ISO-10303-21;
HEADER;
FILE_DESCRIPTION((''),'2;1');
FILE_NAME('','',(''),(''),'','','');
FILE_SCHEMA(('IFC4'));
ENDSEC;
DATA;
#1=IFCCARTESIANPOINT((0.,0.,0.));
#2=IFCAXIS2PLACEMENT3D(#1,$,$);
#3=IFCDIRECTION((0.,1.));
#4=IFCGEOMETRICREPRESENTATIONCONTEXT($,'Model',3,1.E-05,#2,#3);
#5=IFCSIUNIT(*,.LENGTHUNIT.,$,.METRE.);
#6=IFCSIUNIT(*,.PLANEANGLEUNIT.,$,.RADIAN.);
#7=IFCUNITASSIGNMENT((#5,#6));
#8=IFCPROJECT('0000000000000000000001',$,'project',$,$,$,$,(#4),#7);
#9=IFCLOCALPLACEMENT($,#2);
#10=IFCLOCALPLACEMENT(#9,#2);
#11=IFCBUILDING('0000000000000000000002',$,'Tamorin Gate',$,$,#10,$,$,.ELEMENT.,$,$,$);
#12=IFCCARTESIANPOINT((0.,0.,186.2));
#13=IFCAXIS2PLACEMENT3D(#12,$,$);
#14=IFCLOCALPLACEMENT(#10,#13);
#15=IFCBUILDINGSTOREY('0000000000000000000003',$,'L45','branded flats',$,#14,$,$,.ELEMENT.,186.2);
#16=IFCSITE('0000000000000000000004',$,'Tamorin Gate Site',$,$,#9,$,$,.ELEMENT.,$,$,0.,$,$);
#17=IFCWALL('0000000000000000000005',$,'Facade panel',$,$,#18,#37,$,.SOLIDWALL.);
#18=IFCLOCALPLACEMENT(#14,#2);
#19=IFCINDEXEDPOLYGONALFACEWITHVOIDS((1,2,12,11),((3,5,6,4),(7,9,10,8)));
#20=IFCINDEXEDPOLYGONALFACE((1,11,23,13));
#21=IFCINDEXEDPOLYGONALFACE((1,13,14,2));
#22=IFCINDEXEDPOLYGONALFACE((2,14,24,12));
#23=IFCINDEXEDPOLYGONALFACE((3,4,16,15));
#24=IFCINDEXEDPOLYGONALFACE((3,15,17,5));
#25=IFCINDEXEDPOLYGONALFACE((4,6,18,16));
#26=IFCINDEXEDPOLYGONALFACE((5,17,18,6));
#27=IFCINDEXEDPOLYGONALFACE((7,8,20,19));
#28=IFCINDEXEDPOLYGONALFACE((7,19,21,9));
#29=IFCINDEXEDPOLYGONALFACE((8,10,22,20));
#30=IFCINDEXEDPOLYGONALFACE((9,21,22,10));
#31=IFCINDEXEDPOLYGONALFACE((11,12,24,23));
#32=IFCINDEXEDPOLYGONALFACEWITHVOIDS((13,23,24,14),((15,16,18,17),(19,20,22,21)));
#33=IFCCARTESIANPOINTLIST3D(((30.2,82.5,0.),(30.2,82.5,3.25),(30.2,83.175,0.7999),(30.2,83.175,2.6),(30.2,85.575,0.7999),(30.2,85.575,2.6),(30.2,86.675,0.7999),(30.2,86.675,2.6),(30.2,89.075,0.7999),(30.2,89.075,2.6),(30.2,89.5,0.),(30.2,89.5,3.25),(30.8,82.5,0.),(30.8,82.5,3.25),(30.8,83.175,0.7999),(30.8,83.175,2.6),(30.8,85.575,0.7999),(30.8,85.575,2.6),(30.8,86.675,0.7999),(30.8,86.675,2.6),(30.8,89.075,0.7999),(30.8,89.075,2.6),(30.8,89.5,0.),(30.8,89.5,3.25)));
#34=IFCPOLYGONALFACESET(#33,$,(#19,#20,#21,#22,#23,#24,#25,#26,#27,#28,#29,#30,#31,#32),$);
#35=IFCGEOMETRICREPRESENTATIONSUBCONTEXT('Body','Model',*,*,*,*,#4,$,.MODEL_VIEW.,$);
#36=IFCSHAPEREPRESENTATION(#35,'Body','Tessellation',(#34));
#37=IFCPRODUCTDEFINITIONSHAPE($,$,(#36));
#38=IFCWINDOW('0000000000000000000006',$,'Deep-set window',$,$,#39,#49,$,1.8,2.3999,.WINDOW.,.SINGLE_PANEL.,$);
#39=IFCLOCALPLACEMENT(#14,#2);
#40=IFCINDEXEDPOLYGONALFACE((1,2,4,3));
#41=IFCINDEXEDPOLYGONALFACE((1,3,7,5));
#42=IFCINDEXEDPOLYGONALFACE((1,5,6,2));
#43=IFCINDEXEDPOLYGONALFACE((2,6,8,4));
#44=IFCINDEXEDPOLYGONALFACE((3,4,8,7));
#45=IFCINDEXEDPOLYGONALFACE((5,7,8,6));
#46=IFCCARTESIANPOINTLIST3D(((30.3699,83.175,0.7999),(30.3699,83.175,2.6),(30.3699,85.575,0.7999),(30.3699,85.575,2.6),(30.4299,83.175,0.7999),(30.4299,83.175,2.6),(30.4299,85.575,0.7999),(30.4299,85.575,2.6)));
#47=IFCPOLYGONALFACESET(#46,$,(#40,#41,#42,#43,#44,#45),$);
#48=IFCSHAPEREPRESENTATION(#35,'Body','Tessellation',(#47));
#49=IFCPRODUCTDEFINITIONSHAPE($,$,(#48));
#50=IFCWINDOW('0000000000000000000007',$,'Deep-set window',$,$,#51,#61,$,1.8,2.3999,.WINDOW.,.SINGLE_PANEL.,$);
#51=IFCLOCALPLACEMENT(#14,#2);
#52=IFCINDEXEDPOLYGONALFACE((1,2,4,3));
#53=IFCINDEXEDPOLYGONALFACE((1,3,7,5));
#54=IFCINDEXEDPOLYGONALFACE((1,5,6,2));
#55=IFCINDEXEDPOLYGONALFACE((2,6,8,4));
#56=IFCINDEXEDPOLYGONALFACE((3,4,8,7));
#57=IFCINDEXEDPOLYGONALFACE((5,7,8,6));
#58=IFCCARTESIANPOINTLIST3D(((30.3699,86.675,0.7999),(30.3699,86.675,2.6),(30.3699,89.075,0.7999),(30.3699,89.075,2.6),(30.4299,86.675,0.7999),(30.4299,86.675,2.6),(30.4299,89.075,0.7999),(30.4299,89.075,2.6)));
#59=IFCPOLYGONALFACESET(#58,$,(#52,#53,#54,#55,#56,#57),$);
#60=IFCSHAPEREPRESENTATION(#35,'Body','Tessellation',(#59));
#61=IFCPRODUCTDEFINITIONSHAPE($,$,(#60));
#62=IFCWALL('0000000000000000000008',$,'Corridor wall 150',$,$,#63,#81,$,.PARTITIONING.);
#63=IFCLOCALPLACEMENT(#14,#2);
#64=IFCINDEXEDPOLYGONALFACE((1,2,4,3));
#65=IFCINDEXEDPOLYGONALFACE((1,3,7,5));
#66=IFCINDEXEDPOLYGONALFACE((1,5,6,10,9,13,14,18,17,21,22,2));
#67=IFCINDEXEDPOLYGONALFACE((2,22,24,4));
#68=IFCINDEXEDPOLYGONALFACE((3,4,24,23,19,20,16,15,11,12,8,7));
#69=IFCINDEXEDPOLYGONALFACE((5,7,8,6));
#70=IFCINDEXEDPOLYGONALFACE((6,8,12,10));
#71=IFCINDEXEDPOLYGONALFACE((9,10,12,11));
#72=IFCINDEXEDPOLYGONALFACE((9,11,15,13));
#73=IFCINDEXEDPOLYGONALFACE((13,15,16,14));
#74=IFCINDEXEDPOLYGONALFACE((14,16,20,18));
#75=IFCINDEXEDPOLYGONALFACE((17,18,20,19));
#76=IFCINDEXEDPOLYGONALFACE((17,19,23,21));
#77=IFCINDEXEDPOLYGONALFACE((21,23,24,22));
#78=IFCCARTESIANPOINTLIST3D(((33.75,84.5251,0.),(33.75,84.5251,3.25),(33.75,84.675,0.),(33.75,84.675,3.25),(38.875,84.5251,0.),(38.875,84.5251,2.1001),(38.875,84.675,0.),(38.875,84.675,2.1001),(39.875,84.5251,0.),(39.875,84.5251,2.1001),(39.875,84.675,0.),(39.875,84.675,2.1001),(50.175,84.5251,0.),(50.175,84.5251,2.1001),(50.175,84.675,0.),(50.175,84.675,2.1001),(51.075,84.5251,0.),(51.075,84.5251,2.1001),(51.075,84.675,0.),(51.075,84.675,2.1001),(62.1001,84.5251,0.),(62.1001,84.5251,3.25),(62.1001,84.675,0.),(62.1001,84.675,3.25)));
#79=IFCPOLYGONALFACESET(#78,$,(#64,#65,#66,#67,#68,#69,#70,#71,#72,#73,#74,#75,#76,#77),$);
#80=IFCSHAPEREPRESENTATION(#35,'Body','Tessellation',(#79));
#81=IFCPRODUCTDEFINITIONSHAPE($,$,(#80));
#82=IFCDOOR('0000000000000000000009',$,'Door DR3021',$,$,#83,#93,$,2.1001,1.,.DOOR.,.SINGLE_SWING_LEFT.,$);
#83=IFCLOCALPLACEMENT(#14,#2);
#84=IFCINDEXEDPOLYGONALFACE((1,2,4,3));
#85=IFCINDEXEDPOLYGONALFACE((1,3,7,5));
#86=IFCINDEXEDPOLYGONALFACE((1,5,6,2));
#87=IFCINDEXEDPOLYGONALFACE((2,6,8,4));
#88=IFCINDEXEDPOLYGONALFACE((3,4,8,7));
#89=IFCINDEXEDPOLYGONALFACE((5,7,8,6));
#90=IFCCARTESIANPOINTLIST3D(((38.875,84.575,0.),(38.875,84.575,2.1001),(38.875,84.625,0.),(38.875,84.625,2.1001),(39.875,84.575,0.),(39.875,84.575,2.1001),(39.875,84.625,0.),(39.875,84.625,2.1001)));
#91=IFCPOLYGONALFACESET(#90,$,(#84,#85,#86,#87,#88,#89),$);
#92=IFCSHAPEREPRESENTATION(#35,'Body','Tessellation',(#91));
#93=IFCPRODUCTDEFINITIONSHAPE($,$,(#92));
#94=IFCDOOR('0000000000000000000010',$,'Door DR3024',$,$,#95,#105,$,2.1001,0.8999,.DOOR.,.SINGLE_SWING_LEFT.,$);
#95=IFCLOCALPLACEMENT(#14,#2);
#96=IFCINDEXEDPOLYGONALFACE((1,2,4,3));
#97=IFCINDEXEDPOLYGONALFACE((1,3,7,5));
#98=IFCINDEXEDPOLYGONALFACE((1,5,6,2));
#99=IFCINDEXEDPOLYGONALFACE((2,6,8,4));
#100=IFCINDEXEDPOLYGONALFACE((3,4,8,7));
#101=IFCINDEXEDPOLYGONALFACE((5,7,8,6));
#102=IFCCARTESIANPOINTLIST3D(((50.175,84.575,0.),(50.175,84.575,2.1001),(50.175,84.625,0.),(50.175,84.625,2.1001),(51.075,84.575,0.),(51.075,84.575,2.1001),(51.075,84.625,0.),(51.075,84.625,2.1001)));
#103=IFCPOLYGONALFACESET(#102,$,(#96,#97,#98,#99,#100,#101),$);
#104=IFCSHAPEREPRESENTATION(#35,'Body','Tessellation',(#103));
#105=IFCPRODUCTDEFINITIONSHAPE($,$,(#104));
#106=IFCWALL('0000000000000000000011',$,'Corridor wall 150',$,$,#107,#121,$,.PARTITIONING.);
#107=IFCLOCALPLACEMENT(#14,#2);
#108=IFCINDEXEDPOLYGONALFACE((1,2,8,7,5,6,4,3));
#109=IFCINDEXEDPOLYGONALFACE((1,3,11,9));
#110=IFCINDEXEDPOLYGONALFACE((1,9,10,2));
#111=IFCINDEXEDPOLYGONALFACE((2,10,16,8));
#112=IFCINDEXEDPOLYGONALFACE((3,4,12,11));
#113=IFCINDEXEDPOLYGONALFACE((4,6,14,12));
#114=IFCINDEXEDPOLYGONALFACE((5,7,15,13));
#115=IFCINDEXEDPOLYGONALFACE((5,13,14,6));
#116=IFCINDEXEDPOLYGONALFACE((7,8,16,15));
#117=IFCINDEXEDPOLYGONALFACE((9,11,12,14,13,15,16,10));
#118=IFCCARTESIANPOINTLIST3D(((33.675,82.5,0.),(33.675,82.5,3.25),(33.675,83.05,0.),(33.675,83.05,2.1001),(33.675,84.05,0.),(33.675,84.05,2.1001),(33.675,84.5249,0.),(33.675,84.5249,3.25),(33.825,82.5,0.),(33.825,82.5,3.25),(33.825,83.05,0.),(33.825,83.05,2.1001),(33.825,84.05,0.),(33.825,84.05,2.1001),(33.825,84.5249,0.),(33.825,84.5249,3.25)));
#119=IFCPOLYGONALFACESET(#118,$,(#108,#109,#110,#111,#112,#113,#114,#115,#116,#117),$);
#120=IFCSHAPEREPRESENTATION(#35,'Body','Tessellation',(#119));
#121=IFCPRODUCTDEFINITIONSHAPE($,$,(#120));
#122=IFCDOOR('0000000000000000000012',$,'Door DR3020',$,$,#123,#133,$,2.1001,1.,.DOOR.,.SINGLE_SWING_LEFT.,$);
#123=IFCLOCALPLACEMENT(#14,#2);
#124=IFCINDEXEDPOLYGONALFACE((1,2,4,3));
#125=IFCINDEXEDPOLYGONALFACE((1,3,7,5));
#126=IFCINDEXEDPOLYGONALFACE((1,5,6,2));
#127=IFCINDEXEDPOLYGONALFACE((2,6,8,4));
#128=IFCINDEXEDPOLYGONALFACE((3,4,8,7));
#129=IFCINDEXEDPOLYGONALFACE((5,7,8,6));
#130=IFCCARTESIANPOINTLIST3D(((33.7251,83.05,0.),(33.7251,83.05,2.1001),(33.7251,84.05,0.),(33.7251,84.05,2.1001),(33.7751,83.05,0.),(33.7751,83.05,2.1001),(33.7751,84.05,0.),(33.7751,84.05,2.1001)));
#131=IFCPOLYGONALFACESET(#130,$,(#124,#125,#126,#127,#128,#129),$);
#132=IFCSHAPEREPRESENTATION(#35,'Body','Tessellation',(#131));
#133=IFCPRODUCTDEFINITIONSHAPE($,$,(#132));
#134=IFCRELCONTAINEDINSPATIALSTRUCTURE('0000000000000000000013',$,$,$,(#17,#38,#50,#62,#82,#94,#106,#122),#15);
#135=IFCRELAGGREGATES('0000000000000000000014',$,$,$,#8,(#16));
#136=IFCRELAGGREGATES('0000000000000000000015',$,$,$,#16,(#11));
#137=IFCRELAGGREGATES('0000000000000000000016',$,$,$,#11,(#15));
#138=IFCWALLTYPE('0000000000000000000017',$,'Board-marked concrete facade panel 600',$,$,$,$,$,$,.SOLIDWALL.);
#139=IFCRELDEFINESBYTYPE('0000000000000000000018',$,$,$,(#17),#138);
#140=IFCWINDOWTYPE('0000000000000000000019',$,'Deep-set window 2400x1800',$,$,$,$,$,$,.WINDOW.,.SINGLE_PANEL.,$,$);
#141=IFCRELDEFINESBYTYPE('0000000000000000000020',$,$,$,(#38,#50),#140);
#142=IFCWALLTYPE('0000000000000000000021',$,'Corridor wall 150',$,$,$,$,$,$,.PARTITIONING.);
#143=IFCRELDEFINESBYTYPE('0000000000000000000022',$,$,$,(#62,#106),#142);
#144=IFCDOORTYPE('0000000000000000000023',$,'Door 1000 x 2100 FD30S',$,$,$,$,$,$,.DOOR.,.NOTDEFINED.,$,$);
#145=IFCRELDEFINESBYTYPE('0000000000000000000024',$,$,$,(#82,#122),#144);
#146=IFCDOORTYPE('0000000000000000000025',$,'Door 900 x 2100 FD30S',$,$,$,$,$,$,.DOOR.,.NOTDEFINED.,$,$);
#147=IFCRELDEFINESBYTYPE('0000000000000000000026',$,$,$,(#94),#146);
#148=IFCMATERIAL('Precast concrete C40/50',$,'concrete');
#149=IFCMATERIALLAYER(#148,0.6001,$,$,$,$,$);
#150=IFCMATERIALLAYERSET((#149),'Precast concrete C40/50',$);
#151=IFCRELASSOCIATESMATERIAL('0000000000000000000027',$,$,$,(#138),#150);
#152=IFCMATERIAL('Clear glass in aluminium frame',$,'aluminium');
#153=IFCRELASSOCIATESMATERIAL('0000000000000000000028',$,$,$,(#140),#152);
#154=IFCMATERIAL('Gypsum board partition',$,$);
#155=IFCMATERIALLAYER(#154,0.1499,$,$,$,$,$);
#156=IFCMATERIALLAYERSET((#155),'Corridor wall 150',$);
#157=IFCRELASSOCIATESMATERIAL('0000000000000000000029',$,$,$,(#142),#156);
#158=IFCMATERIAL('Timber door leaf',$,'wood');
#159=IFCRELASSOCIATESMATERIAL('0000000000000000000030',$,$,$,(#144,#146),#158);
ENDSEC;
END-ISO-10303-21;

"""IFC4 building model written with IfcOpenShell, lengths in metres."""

from ifc_helpers import new_model, si_unit, direction, frame, frame_2d, origin, place, context, subcontext, project, spatial, rectangle, extrude, material, layer, layer_set, type_object, element, fill, save


model = new_model("IFC4")

# Units and contexts
model_context = context("Model", 3, precision=1e-05, world=origin(), true_north=direction((0.0, 1.0)))
body_context = subcontext(model_context, "Body", "Model", "MODEL_VIEW")
ifc_project = project(units=[si_unit("LENGTHUNIT", "METRE"), si_unit("PLANEANGLEUNIT", "RADIAN")], contexts=[model_context])

# Site, building, storey
site_placement = place(None, origin())
site = spatial("IfcSite", under=ifc_project, at=site_placement, Name="Tamorin Gate Site", CompositionType="ELEMENT", RefElevation=0.0)
building_placement = place(site_placement, origin())
building = spatial("IfcBuilding", under=site, at=building_placement, Name="Tamorin Gate", CompositionType="ELEMENT")
storey_placement = place(building_placement, frame((0.0, 0.0, 186.2)))
storey = spatial("IfcBuildingStorey", under=building, at=storey_placement, Name="L45", Description="branded flats", CompositionType="ELEMENT", Elevation=186.2)

# Wall, openings, windows
ifc_material_1 = material(Name="Precast concrete C40/50", Category="concrete")
ifc_layer_1 = layer(ifc_material_1, 0.6001)
ifc_layer_set_1 = layer_set([ifc_layer_1], Name="Precast concrete C40/50")
wall_type_1 = type_object("IfcWallType", Name="Board-marked concrete facade panel 600", PredefinedType="SOLIDWALL", material=ifc_layer_set_1)
wall_1_placement = place(storey_placement, frame((30.5, 89.5, 0.0), z_axis=(0.0, 0.0, 1.0), x_axis=(0.0, -1.0, 0.0)))
wall_1 = element("IfcWall", 1, at=wall_1_placement, inside=storey, type_object=wall_type_1, Name="Facade panel", PredefinedType="SOLIDWALL", context=body_context, shape_type="SweptSolid", body=[
    extrude(rectangle(XDim=7.0, YDim=0.6001, at=frame_2d((3.5, 0.0))), origin(), (0.0, 0.0, 1.0), 3.25),
])
opening_1_placement = place(wall_1_placement, frame((3.925, 0.0, 0.8)))
opening_1 = element("IfcOpeningElement", 2, at=opening_1_placement, cuts=wall_1, PredefinedType="OPENING", context=body_context, shape_type="SweptSolid", body=[
    extrude(rectangle(XDim=2.3999, YDim=1.8, at=frame_2d((1.2, 0.8999))), frame((0.0, 0.3101, 0.0), z_axis=(0.0, -1.0, 0.0), x_axis=(1.0, 0.0, 0.0)), (0.0, 0.0, 1.0), 0.6201),
])
opening_2_placement = place(wall_1_placement, frame((0.425, 0.0, 0.8)))
opening_2 = element("IfcOpeningElement", 3, at=opening_2_placement, cuts=wall_1, PredefinedType="OPENING", context=body_context, shape_type="SweptSolid", body=[
    extrude(rectangle(XDim=2.3999, YDim=1.8, at=frame_2d((1.2, 0.8999))), frame((0.0, 0.3101, 0.0), z_axis=(0.0, -1.0, 0.0), x_axis=(1.0, 0.0, 0.0)), (0.0, 0.0, 1.0), 0.6201),
])
ifc_material_2 = material(Name="Clear glass in aluminium frame", Category="aluminium")
window_type = type_object("IfcWindowType", Name="Deep-set window 2400x1800", PartitioningType="SINGLE_PANEL", PredefinedType="WINDOW", material=ifc_material_2)
window_1_placement = place(opening_1_placement, origin())
window_1 = element("IfcWindow", 4, at=window_1_placement, inside=storey, type_object=window_type, Name="Deep-set window", OverallHeight=1.8, OverallWidth=2.3999, PartitioningType="SINGLE_PANEL", PredefinedType="WINDOW", context=body_context, shape_type="SweptSolid", body=[
    extrude(rectangle(XDim=2.3999, YDim=1.8, at=frame_2d((1.2, 0.8999))), frame((0.0, -0.0701, 0.0), z_axis=(0.0, -1.0, 0.0), x_axis=(1.0, 0.0, 0.0)), (0.0, 0.0, 1.0), 0.0601),
])
fill(opening_1, window_1)
window_2_placement = place(opening_2_placement, origin())
window_2 = element("IfcWindow", 5, at=window_2_placement, inside=storey, type_object=window_type, Name="Deep-set window", OverallHeight=1.8, OverallWidth=2.3999, PartitioningType="SINGLE_PANEL", PredefinedType="WINDOW", context=body_context, shape_type="SweptSolid", body=[
    extrude(rectangle(XDim=2.3999, YDim=1.8, at=frame_2d((1.2, 0.8999))), frame((0.0, -0.0701, 0.0), z_axis=(0.0, -1.0, 0.0), x_axis=(1.0, 0.0, 0.0)), (0.0, 0.0, 1.0), 0.0601),
])
fill(opening_2, window_2)

# Wall, openings, doors
ifc_material_3 = material(Name="Gypsum board partition")
ifc_layer_2 = layer(ifc_material_3, 0.1499)
ifc_layer_set_2 = layer_set([ifc_layer_2], Name="Corridor wall 150")
wall_type_2 = type_object("IfcWallType", Name="Corridor wall 150", PredefinedType="PARTITIONING", material=ifc_layer_set_2)
wall_2_placement = place(storey_placement, frame((33.75, 84.6001, 0.0), z_axis=(0.0, 0.0, 1.0), x_axis=(1.0, 0.0, 0.0)))
wall_2 = element("IfcWall", 6, at=wall_2_placement, inside=storey, type_object=wall_type_2, Name="Corridor wall 150", PredefinedType="PARTITIONING", context=body_context, shape_type="SweptSolid", body=[
    extrude(rectangle(XDim=28.3501, YDim=0.1499, at=frame_2d((14.175, 0.0))), origin(), (0.0, 0.0, 1.0), 3.25),
])
opening_3_placement = place(wall_2_placement, frame((5.125, 0.0, 0.0)))
opening_3 = element("IfcOpeningElement", 7, at=opening_3_placement, cuts=wall_2, PredefinedType="OPENING", context=body_context, shape_type="SweptSolid", body=[
    extrude(rectangle(XDim=1.0, YDim=2.1001, at=frame_2d((0.5, 1.05))), frame((0.0, 0.085, 0.0), z_axis=(0.0, -1.0, 0.0), x_axis=(1.0, 0.0, 0.0)), (0.0, 0.0, 1.0), 0.1699),
])
opening_4_placement = place(wall_2_placement, frame((16.425, 0.0, 0.0)))
opening_4 = element("IfcOpeningElement", 8, at=opening_4_placement, cuts=wall_2, PredefinedType="OPENING", context=body_context, shape_type="SweptSolid", body=[
    extrude(rectangle(XDim=0.8999, YDim=2.1001, at=frame_2d((0.45, 1.05))), frame((0.0, 0.085, 0.0), z_axis=(0.0, -1.0, 0.0), x_axis=(1.0, 0.0, 0.0)), (0.0, 0.0, 1.0), 0.1699),
])
ifc_material_4 = material(Name="Timber door leaf", Category="wood")
door_type_1 = type_object("IfcDoorType", Name="Door 1000 x 2100 FD30S", OperationType="NOTDEFINED", PredefinedType="DOOR", material=ifc_material_4)
door_1_placement = place(opening_3_placement, origin())
door_1 = element("IfcDoor", 9, at=door_1_placement, inside=storey, type_object=door_type_1, Name="Door DR3021", OperationType="SINGLE_SWING_LEFT", OverallHeight=2.1001, OverallWidth=1.0, PredefinedType="DOOR", context=body_context, shape_type="SweptSolid", body=[
    extrude(rectangle(XDim=1.0, YDim=2.1001, at=frame_2d((0.5, 1.05))), frame((0.0, 0.0249, 0.0), z_axis=(0.0, -1.0, 0.0), x_axis=(1.0, 0.0, 0.0)), (0.0, 0.0, 1.0), 0.05),
])
fill(opening_3, door_1)
door_type_2 = type_object("IfcDoorType", Name="Door 900 x 2100 FD30S", OperationType="NOTDEFINED", PredefinedType="DOOR", material=ifc_material_4)
door_2_placement = place(opening_4_placement, origin())
door_2 = element("IfcDoor", 10, at=door_2_placement, inside=storey, type_object=door_type_2, Name="Door DR3024", OperationType="SINGLE_SWING_LEFT", OverallHeight=2.1001, OverallWidth=0.8999, PredefinedType="DOOR", context=body_context, shape_type="SweptSolid", body=[
    extrude(rectangle(XDim=0.8999, YDim=2.1001, at=frame_2d((0.45, 1.05))), frame((0.0, 0.0249, 0.0), z_axis=(0.0, -1.0, 0.0), x_axis=(1.0, 0.0, 0.0)), (0.0, 0.0, 1.0), 0.05),
])
fill(opening_4, door_2)

# Wall, opening, door
wall_3_placement = place(storey_placement, frame((33.75, 82.5, 0.0), z_axis=(0.0, 0.0, 1.0), x_axis=(0.0, 1.0, 0.0)))
wall_3 = element("IfcWall", 11, at=wall_3_placement, inside=storey, type_object=wall_type_2, Name="Corridor wall 150", PredefinedType="PARTITIONING", context=body_context, shape_type="SweptSolid", body=[
    extrude(rectangle(XDim=2.0249, YDim=0.1499, at=frame_2d((1.0125, 0.0))), origin(), (0.0, 0.0, 1.0), 3.25),
])
opening_5_placement = place(wall_3_placement, frame((0.55, 0.0, 0.0)))
opening_5 = element("IfcOpeningElement", 12, at=opening_5_placement, cuts=wall_3, PredefinedType="OPENING", context=body_context, shape_type="SweptSolid", body=[
    extrude(rectangle(XDim=1.0, YDim=2.1001, at=frame_2d((0.5, 1.05))), frame((0.0, 0.085, 0.0), z_axis=(0.0, -1.0, 0.0), x_axis=(1.0, 0.0, 0.0)), (0.0, 0.0, 1.0), 0.1699),
])
door_3_placement = place(opening_5_placement, origin())
door_3 = element("IfcDoor", 13, at=door_3_placement, inside=storey, type_object=door_type_1, Name="Door DR3020", OperationType="SINGLE_SWING_LEFT", OverallHeight=2.1001, OverallWidth=1.0, PredefinedType="DOOR", context=body_context, shape_type="SweptSolid", body=[
    extrude(rectangle(XDim=1.0, YDim=2.1001, at=frame_2d((0.5, 1.05))), frame((0.0, 0.0249, 0.0), z_axis=(0.0, -1.0, 0.0), x_axis=(1.0, 0.0, 0.0)), (0.0, 0.0, 1.0), 0.05),
])
fill(opening_5, door_3)

save(model, "model.ifc")
